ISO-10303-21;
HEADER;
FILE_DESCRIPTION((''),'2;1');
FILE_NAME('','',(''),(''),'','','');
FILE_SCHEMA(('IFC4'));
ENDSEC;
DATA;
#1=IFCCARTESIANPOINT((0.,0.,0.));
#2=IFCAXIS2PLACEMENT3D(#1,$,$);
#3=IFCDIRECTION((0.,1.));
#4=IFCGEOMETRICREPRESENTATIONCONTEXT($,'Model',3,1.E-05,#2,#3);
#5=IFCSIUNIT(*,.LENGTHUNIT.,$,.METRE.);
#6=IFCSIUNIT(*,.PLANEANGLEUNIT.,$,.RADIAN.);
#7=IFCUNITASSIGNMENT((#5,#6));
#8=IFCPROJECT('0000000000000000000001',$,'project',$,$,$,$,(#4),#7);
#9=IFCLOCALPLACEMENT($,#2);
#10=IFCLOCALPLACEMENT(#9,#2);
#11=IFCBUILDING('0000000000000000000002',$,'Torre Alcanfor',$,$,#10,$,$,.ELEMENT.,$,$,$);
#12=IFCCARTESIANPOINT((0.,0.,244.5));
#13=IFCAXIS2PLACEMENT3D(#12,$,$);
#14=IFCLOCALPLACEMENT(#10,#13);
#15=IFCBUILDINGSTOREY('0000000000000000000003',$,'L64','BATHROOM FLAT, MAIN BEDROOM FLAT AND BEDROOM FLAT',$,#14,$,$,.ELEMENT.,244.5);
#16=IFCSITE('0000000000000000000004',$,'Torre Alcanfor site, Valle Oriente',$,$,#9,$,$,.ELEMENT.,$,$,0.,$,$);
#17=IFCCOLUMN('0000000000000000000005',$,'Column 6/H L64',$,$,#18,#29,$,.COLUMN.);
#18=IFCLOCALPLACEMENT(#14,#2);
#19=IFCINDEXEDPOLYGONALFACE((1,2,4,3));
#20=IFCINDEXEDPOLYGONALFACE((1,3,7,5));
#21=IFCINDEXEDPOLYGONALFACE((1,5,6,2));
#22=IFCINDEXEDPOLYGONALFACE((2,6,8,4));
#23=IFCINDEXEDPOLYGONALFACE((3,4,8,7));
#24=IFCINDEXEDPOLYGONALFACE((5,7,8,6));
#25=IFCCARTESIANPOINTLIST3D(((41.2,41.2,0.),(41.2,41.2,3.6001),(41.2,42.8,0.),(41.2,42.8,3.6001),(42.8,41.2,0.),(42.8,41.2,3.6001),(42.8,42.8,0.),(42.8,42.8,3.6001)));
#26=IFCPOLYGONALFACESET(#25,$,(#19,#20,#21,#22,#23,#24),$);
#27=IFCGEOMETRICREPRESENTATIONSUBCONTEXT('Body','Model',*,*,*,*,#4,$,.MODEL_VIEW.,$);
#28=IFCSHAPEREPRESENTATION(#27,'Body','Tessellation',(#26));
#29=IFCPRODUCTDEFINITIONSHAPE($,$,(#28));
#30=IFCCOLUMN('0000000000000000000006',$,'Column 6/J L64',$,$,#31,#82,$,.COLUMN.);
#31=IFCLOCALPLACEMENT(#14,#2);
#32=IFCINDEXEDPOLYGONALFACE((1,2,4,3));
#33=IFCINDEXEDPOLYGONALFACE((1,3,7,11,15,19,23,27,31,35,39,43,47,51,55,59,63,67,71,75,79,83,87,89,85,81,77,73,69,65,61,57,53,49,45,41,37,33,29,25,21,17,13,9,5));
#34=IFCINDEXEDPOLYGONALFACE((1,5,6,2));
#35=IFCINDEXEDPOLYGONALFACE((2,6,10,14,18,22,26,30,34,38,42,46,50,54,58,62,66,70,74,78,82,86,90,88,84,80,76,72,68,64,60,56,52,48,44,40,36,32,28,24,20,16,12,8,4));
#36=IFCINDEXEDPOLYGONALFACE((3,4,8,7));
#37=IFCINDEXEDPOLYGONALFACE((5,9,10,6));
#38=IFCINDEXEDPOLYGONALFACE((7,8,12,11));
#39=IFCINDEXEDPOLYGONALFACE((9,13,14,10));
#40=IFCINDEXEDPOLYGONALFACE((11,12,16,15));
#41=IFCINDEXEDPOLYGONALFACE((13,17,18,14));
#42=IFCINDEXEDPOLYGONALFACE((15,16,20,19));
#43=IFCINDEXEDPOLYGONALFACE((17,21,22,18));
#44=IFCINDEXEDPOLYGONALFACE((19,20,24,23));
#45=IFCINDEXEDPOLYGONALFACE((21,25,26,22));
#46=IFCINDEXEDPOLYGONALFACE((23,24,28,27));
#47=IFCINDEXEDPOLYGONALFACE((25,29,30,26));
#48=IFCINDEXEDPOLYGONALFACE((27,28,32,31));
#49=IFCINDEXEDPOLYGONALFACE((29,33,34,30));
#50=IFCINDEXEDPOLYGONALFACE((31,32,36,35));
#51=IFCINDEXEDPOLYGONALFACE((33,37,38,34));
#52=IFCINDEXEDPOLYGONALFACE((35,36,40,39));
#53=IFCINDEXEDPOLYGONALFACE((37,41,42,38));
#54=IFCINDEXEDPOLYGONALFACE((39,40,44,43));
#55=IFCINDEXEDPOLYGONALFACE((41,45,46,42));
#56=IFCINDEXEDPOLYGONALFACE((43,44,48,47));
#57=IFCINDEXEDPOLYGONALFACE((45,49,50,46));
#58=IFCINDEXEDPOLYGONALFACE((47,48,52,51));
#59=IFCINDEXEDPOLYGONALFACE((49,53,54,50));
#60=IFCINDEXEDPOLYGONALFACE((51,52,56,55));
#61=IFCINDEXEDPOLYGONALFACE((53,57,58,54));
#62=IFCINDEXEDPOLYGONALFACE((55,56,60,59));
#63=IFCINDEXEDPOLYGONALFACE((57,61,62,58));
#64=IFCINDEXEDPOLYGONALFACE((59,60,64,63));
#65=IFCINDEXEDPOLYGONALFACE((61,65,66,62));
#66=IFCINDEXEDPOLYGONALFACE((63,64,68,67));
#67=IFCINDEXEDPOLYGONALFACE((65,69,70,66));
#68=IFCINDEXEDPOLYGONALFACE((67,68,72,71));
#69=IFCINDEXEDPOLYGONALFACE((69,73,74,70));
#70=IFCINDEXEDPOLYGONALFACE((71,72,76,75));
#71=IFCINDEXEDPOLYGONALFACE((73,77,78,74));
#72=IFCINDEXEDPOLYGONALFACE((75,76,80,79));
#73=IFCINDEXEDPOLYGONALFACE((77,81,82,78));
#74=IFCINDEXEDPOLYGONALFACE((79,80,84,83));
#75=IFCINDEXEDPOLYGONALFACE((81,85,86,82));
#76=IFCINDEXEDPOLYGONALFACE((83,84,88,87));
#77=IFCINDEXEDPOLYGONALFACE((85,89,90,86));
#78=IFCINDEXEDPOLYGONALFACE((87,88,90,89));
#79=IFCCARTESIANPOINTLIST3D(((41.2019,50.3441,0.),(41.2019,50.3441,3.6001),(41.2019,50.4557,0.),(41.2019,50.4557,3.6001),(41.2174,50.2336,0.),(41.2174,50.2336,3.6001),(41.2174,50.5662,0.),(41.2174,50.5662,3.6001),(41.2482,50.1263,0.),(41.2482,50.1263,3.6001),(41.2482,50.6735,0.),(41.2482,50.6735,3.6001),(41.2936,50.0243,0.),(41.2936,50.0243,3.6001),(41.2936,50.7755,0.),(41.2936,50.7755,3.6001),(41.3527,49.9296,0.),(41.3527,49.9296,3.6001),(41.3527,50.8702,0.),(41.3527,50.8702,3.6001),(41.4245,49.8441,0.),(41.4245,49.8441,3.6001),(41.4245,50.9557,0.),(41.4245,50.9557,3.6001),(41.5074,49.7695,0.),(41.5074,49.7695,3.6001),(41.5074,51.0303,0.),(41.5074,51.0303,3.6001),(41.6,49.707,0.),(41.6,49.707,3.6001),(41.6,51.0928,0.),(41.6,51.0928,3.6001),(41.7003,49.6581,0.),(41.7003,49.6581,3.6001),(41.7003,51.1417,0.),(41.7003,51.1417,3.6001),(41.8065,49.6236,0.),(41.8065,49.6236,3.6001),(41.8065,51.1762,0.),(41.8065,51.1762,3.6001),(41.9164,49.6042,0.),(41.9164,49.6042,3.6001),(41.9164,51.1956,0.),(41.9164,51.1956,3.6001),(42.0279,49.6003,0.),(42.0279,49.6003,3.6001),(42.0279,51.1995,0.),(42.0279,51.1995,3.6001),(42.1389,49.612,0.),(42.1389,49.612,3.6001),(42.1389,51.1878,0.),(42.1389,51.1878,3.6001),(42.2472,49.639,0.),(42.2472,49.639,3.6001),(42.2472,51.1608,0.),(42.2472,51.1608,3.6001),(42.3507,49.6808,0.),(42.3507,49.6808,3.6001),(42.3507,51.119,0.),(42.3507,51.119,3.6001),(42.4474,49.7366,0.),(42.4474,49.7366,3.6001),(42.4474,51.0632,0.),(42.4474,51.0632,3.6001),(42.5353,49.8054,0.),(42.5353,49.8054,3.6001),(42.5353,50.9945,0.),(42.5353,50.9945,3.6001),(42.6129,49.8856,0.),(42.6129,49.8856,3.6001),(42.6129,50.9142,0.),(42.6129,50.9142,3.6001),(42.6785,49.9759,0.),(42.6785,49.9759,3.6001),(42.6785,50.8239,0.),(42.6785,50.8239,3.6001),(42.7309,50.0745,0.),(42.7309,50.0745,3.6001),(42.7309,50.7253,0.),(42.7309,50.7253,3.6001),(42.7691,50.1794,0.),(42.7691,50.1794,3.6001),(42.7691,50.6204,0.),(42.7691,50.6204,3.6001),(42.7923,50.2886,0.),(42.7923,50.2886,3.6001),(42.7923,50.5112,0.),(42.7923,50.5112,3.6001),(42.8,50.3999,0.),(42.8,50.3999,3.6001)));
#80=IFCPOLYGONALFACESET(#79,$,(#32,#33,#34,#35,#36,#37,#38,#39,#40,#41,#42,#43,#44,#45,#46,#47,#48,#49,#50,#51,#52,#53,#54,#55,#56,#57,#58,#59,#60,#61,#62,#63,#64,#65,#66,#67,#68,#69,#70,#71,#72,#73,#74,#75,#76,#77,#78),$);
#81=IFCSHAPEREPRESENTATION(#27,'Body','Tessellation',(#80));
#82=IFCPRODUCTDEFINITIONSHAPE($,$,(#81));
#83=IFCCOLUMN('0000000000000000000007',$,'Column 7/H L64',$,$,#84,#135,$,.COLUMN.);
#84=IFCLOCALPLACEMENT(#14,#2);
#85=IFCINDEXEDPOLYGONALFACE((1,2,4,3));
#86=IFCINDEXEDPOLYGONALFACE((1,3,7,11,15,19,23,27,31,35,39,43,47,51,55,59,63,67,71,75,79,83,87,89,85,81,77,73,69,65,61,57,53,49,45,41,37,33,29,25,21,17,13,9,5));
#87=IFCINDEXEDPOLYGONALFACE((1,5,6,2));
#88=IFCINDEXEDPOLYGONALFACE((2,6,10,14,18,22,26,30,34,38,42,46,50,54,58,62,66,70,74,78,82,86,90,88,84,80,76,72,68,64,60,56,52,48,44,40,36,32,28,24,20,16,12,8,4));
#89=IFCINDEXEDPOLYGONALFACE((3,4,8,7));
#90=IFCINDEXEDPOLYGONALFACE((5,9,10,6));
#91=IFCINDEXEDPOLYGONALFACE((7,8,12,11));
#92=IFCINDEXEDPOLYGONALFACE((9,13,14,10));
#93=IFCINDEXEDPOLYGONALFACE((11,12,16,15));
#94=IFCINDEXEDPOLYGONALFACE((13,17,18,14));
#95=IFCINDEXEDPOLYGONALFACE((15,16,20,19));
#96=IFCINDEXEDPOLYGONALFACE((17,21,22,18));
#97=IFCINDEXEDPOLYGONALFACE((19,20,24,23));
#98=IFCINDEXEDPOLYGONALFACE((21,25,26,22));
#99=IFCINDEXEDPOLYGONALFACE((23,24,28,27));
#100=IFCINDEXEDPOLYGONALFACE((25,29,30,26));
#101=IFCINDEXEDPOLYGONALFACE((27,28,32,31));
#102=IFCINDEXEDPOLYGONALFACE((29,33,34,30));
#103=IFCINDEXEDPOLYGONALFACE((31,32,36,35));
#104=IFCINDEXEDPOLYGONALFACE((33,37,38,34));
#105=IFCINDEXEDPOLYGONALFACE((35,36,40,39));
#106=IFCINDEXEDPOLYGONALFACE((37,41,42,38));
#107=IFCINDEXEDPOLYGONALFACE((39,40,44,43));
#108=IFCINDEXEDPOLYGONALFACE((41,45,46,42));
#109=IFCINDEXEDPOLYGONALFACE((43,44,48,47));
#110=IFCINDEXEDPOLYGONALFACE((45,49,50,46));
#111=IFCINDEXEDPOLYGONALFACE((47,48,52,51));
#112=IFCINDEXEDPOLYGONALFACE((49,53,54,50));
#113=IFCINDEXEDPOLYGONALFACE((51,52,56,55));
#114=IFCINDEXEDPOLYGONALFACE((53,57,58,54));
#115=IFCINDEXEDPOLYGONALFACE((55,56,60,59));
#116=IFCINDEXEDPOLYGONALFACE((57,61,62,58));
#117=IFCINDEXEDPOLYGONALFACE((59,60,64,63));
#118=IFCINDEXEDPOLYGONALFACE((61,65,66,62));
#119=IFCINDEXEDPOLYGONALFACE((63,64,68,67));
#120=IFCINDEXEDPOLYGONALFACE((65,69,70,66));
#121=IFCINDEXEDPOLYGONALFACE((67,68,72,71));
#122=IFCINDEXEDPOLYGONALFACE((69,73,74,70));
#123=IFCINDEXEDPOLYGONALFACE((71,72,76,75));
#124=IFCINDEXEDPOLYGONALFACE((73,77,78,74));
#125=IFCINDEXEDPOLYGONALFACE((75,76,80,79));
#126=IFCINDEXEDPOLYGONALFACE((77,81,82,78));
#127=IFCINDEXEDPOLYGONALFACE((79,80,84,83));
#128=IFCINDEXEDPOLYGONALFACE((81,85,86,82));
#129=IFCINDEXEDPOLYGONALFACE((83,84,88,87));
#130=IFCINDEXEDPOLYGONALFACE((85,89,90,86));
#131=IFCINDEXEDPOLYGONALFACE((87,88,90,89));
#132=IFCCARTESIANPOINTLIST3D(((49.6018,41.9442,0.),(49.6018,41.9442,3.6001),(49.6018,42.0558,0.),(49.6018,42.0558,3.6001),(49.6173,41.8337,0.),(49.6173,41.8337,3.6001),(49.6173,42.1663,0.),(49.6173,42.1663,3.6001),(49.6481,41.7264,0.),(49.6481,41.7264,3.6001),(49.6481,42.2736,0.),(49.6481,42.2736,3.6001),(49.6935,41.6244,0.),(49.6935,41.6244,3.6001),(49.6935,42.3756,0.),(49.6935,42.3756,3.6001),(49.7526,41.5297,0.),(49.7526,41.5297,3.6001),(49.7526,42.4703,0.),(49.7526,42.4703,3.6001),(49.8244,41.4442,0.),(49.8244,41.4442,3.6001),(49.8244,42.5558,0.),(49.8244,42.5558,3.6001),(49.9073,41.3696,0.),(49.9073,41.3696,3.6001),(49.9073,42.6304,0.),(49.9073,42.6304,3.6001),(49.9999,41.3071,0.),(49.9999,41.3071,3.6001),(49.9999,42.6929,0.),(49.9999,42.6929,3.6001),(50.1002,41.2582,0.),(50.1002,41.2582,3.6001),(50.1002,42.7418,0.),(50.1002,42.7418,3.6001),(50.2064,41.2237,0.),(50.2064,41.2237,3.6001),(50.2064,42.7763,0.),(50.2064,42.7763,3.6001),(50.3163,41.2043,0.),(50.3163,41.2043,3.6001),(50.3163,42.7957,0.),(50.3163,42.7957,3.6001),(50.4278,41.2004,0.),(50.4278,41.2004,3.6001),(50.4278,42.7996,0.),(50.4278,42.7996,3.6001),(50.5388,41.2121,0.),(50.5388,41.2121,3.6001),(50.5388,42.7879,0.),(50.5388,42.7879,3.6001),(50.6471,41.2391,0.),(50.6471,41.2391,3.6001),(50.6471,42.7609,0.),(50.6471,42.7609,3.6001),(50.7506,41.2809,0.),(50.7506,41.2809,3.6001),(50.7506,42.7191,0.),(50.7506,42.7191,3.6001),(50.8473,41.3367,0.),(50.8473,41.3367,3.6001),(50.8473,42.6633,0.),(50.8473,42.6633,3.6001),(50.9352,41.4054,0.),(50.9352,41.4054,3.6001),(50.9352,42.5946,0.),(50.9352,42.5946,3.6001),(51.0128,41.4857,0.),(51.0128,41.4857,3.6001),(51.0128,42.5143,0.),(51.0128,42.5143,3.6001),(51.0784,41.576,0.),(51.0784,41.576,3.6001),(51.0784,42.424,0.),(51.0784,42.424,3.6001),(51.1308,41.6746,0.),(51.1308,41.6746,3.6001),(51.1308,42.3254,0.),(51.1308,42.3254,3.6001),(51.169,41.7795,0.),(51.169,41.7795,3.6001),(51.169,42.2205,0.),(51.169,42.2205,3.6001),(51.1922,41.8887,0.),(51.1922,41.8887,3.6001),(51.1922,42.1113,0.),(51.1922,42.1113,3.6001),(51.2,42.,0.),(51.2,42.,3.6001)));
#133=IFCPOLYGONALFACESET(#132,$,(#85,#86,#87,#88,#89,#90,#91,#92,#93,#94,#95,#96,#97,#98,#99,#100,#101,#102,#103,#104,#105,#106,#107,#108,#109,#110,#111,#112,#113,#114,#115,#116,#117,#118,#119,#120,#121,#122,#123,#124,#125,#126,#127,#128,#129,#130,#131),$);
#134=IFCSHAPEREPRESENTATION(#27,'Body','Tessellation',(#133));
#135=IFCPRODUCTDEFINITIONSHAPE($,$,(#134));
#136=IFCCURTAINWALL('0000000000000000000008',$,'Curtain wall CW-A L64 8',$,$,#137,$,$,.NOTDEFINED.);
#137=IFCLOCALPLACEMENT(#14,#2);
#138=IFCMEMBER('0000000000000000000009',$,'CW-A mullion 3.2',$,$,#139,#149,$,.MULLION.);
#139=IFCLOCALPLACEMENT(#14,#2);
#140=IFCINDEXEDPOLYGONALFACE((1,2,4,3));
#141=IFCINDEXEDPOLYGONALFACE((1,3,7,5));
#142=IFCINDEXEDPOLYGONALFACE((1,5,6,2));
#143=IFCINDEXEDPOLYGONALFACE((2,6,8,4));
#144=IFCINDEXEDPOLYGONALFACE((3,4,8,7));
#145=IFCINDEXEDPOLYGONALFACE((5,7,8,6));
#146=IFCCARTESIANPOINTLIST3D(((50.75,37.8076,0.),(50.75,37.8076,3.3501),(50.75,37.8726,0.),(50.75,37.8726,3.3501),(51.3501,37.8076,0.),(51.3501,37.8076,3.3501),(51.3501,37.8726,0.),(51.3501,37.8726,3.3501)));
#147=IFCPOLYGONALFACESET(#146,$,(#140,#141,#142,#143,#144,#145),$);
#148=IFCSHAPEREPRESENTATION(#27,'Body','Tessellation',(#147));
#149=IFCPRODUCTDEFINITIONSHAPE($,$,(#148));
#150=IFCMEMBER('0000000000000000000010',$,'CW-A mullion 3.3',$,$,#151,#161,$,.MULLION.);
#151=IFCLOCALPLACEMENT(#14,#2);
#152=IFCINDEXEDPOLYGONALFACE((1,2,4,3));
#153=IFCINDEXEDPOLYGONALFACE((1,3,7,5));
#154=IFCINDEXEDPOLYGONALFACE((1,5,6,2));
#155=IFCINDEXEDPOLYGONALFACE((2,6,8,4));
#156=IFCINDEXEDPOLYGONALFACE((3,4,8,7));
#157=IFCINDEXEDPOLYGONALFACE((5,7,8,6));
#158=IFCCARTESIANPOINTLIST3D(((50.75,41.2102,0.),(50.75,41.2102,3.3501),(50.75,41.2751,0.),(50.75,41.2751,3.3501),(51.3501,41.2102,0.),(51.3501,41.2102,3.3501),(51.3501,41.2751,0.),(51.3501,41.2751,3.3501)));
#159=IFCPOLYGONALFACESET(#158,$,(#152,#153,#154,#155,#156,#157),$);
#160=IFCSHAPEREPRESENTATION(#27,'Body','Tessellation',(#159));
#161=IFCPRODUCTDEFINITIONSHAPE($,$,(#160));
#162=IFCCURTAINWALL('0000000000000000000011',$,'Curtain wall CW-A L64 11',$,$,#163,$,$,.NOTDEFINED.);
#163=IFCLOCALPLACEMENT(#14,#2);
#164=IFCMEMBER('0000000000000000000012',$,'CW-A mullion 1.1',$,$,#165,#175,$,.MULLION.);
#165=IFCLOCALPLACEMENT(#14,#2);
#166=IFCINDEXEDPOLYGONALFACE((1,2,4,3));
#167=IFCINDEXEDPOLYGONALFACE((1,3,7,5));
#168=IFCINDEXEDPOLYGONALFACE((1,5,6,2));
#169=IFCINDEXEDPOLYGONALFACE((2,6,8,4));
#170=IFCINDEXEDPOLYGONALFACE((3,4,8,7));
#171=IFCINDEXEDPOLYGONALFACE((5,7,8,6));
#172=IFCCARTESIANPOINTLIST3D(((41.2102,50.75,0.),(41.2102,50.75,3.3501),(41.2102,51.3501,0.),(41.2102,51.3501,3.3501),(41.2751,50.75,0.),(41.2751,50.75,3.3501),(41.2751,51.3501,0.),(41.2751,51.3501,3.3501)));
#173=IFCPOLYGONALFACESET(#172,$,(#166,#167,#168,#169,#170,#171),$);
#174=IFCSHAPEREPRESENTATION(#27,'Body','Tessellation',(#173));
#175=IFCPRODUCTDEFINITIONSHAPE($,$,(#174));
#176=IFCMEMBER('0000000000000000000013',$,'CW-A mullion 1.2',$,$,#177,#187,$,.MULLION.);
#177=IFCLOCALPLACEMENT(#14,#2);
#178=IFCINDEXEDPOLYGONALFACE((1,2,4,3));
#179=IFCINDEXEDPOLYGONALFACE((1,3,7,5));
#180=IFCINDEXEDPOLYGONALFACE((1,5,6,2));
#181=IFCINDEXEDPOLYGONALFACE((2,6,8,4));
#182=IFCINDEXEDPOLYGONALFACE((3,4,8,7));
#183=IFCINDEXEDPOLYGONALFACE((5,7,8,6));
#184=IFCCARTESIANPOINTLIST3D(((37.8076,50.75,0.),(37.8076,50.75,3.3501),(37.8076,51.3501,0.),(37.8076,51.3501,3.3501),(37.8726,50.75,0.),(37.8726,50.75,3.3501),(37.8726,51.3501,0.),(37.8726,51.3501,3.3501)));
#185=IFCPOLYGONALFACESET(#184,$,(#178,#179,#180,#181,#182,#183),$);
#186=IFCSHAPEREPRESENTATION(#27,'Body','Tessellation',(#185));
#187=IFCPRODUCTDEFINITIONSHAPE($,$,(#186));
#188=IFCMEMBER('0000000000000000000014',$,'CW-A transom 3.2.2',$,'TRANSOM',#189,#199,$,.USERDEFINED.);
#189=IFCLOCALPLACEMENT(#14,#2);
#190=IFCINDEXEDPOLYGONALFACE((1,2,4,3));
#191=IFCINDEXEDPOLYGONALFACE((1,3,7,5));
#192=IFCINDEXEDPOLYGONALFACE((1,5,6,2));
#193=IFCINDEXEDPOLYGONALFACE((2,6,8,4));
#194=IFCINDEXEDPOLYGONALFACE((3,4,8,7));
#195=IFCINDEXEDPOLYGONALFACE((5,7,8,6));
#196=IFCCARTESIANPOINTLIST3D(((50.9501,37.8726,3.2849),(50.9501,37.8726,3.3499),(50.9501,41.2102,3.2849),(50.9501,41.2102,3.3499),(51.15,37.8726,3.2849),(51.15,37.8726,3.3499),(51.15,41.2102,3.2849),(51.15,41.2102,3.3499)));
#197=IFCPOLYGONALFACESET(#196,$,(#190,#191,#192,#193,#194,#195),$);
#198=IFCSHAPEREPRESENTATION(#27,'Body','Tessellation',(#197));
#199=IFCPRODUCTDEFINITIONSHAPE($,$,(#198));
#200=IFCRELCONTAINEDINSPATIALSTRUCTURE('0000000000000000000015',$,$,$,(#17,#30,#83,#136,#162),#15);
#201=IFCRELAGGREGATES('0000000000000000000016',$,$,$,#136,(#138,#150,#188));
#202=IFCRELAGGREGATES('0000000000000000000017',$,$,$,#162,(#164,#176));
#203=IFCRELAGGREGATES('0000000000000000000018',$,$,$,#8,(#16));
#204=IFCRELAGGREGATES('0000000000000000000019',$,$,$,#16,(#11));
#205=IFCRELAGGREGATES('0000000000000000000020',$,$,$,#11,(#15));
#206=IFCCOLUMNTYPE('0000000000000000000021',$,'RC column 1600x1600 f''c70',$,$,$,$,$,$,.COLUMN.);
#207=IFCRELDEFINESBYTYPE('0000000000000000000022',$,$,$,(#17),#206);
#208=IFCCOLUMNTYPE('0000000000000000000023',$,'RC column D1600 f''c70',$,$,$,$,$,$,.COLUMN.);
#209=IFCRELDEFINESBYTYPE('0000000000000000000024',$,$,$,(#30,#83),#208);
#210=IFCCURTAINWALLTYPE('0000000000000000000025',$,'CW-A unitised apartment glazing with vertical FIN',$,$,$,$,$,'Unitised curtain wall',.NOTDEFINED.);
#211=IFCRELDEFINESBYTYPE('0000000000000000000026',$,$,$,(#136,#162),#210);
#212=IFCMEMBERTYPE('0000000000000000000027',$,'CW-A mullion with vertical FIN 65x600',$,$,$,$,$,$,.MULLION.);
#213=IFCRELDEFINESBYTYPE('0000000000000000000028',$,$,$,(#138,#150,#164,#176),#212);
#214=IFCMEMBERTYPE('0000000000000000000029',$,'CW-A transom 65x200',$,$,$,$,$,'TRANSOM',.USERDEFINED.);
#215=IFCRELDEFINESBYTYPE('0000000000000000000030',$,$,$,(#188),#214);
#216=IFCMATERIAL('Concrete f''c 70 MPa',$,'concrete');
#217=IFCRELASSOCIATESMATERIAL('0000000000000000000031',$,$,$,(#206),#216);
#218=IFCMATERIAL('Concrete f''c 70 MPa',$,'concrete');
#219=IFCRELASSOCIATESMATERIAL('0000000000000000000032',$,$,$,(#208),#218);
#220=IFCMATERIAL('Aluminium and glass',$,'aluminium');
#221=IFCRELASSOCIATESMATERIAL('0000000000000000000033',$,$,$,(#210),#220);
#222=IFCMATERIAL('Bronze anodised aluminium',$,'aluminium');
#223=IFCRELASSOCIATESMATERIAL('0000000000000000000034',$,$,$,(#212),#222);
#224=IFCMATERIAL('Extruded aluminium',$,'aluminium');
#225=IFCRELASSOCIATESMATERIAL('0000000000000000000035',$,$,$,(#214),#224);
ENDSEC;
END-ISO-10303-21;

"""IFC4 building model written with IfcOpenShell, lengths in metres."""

from ifc_helpers import new_model, si_unit, direction, frame, origin, origin_2d, place, context, subcontext, project, spatial, rectangle, circle, extrude, material, material_profile, profile_set, type_object, element, aggregate, save


model = new_model("IFC4")

# Units and contexts
model_context = context("Model", 3, precision=1e-05, world=origin(), true_north=direction((0.0, 1.0)))
body_context = subcontext(model_context, "Body", "Model", "MODEL_VIEW")
ifc_project = project(units=[si_unit("LENGTHUNIT", "METRE"), si_unit("PLANEANGLEUNIT", "RADIAN")], contexts=[model_context])

# Site, building, storey
site_placement = place(None, origin())
site = spatial("IfcSite", under=ifc_project, at=site_placement, Name="Torre Alcanfor site, Valle Oriente", CompositionType="ELEMENT", RefElevation=0.0)
building_placement = place(site_placement, origin())
building = spatial("IfcBuilding", under=site, at=building_placement, Name="Torre Alcanfor", CompositionType="ELEMENT")
storey_placement = place(building_placement, frame((0.0, 0.0, 244.5)))
storey = spatial("IfcBuildingStorey", under=building, at=storey_placement, Name="L64", Description="BATHROOM FLAT, MAIN BEDROOM FLAT AND BEDROOM FLAT", CompositionType="ELEMENT", Elevation=244.5)

# Columns
ifc_material_1 = material(Name="Concrete f'c 70 MPa", Category="concrete")
ifc_material_profile_1 = material_profile(ifc_material_1, rectangle(XDim=1.6001, YDim=1.6001, at=origin_2d()), Name="1600x1600")
ifc_profile_set_1 = profile_set([ifc_material_profile_1], Name="Concrete f'c 70 MPa")
column_type_1 = type_object("IfcColumnType", Name="RC column 1600x1600 f'c70", PredefinedType="COLUMN", material=ifc_profile_set_1)
column_placement = place(storey_placement, frame((42.0, 42.0, 0.0), z_axis=(0.0, 0.0, 1.0), x_axis=(1.0, 0.0, 0.0)))
element("IfcColumn", 1, at=column_placement, inside=storey, type_object=column_type_1, Name="Column 6/H L64", PredefinedType="COLUMN", context=body_context, shape_type="SweptSolid", body=[
    extrude(rectangle(XDim=1.6001, YDim=1.6001, at=origin_2d()), origin(), (0.0, 0.0, 1.0), 3.6001),
])
ifc_material_2 = material(Name="Concrete f'c 70 MPa", Category="concrete")
ifc_material_profile_2 = material_profile(ifc_material_2, circle(Radius=0.8, at=origin_2d()), Name="D1600")
ifc_profile_set_2 = profile_set([ifc_material_profile_2], Name="Concrete f'c 70 MPa")
column_type_2 = type_object("IfcColumnType", Name="RC column D1600 f'c70", PredefinedType="COLUMN", material=ifc_profile_set_2)
for number, where, z_axis, x_axis, name in (
    (2, (42.0, 50.3999, 0.0), (0.0, 0.0, 1.0), (1.0, 0.0, 0.0), "Column 6/J L64"),
    (3, (50.3999, 42.0, 0.0), (0.0, 0.0, 1.0), (1.0, 0.0, 0.0), "Column 7/H L64"),
):
    element("IfcColumn", number, at=place(storey_placement, frame(where, z_axis=z_axis, x_axis=x_axis)), inside=storey, type_object=column_type_2, Name=name, PredefinedType="COLUMN", context=body_context, shape_type="SweptSolid", body=[
        extrude(circle(Radius=0.8, at=origin_2d()), origin(), (0.0, 0.0, 1.0), 3.6001),
    ])

# Curtain walls, members
ifc_material_3 = material(Name="Aluminium and glass", Category="aluminium")
curtain_wall_type = type_object("IfcCurtainWallType", Name="CW-A unitised apartment glazing with vertical FIN", ElementType="Unitised curtain wall", PredefinedType="NOTDEFINED", material=ifc_material_3)
curtain_wall_1_placement = place(storey_placement, origin())
curtain_wall_1 = element("IfcCurtainWall", 4, at=curtain_wall_1_placement, inside=storey, type_object=curtain_wall_type, Name="Curtain wall CW-A L64 8", PredefinedType="NOTDEFINED")
ifc_material_4 = material(Name="Bronze anodised aluminium", Category="aluminium")
ifc_material_profile_3 = material_profile(ifc_material_4, rectangle(XDim=0.6001, YDim=0.0649, at=origin_2d()), Name="CW-A mullion 65x600")
ifc_profile_set_3 = profile_set([ifc_material_profile_3], Name="Bronze anodised aluminium")
member_type_1 = type_object("IfcMemberType", Name="CW-A mullion with vertical FIN 65x600", PredefinedType="MULLION", material=ifc_profile_set_3)
member_1_placement = place(storey_placement, frame((51.05, 37.8401, 0.0), z_axis=(0.0, 0.0, 1.0), x_axis=(-1.0, 0.0, 0.0)))
member_1 = element("IfcMember", 5, at=member_1_placement, type_object=member_type_1, Name="CW-A mullion 3.2", PredefinedType="MULLION", context=body_context, shape_type="SweptSolid", body=[
    extrude(rectangle(XDim=0.6001, YDim=0.0649, at=origin_2d()), origin(), (0.0, 0.0, 1.0), 3.3501),
])
member_2_placement = place(storey_placement, frame((51.05, 41.2427, 0.0), z_axis=(0.0, 0.0, 1.0), x_axis=(-1.0, 0.0, 0.0)))
member_2 = element("IfcMember", 6, at=member_2_placement, type_object=member_type_1, Name="CW-A mullion 3.3", PredefinedType="MULLION", context=body_context, shape_type="SweptSolid", body=[
    extrude(rectangle(XDim=0.6001, YDim=0.0649, at=origin_2d()), origin(), (0.0, 0.0, 1.0), 3.3501),
])
curtain_wall_2_placement = place(storey_placement, origin())
curtain_wall_2 = element("IfcCurtainWall", 7, at=curtain_wall_2_placement, inside=storey, type_object=curtain_wall_type, Name="Curtain wall CW-A L64 11", PredefinedType="NOTDEFINED")
member_3_placement = place(storey_placement, frame((41.2427, 51.05, 0.0), z_axis=(0.0, 0.0, 1.0), x_axis=(0.0, -1.0, 0.0)))
member_3 = element("IfcMember", 8, at=member_3_placement, type_object=member_type_1, Name="CW-A mullion 1.1", PredefinedType="MULLION", context=body_context, shape_type="SweptSolid", body=[
    extrude(rectangle(XDim=0.6001, YDim=0.0649, at=origin_2d()), origin(), (0.0, 0.0, 1.0), 3.3501),
])
member_4_placement = place(storey_placement, frame((37.8401, 51.05, 0.0), z_axis=(0.0, 0.0, 1.0), x_axis=(0.0, -1.0, 0.0)))
member_4 = element("IfcMember", 9, at=member_4_placement, type_object=member_type_1, Name="CW-A mullion 1.2", PredefinedType="MULLION", context=body_context, shape_type="SweptSolid", body=[
    extrude(rectangle(XDim=0.6001, YDim=0.0649, at=origin_2d()), origin(), (0.0, 0.0, 1.0), 3.3501),
])

# Member
ifc_material_5 = material(Name="Extruded aluminium", Category="aluminium")
ifc_material_profile_4 = material_profile(ifc_material_5, rectangle(XDim=0.2, YDim=0.0649, at=origin_2d()), Name="CW-A transom 200x65")
ifc_profile_set_4 = profile_set([ifc_material_profile_4], Name="Extruded aluminium")
member_type_2 = type_object("IfcMemberType", Name="CW-A transom 65x200", ElementType="TRANSOM", PredefinedType="USERDEFINED", material=ifc_profile_set_4)
member_5_placement = place(storey_placement, frame((51.05, 37.8726, 3.3174), z_axis=(0.0, 1.0, 0.0), x_axis=(-1.0, 0.0, 0.0)))
member_5 = element("IfcMember", 10, at=member_5_placement, type_object=member_type_2, Name="CW-A transom 3.2.2", ObjectType="TRANSOM", PredefinedType="USERDEFINED", context=body_context, shape_type="SweptSolid", body=[
    extrude(rectangle(XDim=0.2, YDim=0.0649, at=origin_2d()), origin(), (0.0, 0.0, 1.0), 3.3376),
])

aggregate(curtain_wall_1, [member_1, member_2, member_5])
aggregate(curtain_wall_2, [member_3, member_4])

save(model, "model.ifc")
